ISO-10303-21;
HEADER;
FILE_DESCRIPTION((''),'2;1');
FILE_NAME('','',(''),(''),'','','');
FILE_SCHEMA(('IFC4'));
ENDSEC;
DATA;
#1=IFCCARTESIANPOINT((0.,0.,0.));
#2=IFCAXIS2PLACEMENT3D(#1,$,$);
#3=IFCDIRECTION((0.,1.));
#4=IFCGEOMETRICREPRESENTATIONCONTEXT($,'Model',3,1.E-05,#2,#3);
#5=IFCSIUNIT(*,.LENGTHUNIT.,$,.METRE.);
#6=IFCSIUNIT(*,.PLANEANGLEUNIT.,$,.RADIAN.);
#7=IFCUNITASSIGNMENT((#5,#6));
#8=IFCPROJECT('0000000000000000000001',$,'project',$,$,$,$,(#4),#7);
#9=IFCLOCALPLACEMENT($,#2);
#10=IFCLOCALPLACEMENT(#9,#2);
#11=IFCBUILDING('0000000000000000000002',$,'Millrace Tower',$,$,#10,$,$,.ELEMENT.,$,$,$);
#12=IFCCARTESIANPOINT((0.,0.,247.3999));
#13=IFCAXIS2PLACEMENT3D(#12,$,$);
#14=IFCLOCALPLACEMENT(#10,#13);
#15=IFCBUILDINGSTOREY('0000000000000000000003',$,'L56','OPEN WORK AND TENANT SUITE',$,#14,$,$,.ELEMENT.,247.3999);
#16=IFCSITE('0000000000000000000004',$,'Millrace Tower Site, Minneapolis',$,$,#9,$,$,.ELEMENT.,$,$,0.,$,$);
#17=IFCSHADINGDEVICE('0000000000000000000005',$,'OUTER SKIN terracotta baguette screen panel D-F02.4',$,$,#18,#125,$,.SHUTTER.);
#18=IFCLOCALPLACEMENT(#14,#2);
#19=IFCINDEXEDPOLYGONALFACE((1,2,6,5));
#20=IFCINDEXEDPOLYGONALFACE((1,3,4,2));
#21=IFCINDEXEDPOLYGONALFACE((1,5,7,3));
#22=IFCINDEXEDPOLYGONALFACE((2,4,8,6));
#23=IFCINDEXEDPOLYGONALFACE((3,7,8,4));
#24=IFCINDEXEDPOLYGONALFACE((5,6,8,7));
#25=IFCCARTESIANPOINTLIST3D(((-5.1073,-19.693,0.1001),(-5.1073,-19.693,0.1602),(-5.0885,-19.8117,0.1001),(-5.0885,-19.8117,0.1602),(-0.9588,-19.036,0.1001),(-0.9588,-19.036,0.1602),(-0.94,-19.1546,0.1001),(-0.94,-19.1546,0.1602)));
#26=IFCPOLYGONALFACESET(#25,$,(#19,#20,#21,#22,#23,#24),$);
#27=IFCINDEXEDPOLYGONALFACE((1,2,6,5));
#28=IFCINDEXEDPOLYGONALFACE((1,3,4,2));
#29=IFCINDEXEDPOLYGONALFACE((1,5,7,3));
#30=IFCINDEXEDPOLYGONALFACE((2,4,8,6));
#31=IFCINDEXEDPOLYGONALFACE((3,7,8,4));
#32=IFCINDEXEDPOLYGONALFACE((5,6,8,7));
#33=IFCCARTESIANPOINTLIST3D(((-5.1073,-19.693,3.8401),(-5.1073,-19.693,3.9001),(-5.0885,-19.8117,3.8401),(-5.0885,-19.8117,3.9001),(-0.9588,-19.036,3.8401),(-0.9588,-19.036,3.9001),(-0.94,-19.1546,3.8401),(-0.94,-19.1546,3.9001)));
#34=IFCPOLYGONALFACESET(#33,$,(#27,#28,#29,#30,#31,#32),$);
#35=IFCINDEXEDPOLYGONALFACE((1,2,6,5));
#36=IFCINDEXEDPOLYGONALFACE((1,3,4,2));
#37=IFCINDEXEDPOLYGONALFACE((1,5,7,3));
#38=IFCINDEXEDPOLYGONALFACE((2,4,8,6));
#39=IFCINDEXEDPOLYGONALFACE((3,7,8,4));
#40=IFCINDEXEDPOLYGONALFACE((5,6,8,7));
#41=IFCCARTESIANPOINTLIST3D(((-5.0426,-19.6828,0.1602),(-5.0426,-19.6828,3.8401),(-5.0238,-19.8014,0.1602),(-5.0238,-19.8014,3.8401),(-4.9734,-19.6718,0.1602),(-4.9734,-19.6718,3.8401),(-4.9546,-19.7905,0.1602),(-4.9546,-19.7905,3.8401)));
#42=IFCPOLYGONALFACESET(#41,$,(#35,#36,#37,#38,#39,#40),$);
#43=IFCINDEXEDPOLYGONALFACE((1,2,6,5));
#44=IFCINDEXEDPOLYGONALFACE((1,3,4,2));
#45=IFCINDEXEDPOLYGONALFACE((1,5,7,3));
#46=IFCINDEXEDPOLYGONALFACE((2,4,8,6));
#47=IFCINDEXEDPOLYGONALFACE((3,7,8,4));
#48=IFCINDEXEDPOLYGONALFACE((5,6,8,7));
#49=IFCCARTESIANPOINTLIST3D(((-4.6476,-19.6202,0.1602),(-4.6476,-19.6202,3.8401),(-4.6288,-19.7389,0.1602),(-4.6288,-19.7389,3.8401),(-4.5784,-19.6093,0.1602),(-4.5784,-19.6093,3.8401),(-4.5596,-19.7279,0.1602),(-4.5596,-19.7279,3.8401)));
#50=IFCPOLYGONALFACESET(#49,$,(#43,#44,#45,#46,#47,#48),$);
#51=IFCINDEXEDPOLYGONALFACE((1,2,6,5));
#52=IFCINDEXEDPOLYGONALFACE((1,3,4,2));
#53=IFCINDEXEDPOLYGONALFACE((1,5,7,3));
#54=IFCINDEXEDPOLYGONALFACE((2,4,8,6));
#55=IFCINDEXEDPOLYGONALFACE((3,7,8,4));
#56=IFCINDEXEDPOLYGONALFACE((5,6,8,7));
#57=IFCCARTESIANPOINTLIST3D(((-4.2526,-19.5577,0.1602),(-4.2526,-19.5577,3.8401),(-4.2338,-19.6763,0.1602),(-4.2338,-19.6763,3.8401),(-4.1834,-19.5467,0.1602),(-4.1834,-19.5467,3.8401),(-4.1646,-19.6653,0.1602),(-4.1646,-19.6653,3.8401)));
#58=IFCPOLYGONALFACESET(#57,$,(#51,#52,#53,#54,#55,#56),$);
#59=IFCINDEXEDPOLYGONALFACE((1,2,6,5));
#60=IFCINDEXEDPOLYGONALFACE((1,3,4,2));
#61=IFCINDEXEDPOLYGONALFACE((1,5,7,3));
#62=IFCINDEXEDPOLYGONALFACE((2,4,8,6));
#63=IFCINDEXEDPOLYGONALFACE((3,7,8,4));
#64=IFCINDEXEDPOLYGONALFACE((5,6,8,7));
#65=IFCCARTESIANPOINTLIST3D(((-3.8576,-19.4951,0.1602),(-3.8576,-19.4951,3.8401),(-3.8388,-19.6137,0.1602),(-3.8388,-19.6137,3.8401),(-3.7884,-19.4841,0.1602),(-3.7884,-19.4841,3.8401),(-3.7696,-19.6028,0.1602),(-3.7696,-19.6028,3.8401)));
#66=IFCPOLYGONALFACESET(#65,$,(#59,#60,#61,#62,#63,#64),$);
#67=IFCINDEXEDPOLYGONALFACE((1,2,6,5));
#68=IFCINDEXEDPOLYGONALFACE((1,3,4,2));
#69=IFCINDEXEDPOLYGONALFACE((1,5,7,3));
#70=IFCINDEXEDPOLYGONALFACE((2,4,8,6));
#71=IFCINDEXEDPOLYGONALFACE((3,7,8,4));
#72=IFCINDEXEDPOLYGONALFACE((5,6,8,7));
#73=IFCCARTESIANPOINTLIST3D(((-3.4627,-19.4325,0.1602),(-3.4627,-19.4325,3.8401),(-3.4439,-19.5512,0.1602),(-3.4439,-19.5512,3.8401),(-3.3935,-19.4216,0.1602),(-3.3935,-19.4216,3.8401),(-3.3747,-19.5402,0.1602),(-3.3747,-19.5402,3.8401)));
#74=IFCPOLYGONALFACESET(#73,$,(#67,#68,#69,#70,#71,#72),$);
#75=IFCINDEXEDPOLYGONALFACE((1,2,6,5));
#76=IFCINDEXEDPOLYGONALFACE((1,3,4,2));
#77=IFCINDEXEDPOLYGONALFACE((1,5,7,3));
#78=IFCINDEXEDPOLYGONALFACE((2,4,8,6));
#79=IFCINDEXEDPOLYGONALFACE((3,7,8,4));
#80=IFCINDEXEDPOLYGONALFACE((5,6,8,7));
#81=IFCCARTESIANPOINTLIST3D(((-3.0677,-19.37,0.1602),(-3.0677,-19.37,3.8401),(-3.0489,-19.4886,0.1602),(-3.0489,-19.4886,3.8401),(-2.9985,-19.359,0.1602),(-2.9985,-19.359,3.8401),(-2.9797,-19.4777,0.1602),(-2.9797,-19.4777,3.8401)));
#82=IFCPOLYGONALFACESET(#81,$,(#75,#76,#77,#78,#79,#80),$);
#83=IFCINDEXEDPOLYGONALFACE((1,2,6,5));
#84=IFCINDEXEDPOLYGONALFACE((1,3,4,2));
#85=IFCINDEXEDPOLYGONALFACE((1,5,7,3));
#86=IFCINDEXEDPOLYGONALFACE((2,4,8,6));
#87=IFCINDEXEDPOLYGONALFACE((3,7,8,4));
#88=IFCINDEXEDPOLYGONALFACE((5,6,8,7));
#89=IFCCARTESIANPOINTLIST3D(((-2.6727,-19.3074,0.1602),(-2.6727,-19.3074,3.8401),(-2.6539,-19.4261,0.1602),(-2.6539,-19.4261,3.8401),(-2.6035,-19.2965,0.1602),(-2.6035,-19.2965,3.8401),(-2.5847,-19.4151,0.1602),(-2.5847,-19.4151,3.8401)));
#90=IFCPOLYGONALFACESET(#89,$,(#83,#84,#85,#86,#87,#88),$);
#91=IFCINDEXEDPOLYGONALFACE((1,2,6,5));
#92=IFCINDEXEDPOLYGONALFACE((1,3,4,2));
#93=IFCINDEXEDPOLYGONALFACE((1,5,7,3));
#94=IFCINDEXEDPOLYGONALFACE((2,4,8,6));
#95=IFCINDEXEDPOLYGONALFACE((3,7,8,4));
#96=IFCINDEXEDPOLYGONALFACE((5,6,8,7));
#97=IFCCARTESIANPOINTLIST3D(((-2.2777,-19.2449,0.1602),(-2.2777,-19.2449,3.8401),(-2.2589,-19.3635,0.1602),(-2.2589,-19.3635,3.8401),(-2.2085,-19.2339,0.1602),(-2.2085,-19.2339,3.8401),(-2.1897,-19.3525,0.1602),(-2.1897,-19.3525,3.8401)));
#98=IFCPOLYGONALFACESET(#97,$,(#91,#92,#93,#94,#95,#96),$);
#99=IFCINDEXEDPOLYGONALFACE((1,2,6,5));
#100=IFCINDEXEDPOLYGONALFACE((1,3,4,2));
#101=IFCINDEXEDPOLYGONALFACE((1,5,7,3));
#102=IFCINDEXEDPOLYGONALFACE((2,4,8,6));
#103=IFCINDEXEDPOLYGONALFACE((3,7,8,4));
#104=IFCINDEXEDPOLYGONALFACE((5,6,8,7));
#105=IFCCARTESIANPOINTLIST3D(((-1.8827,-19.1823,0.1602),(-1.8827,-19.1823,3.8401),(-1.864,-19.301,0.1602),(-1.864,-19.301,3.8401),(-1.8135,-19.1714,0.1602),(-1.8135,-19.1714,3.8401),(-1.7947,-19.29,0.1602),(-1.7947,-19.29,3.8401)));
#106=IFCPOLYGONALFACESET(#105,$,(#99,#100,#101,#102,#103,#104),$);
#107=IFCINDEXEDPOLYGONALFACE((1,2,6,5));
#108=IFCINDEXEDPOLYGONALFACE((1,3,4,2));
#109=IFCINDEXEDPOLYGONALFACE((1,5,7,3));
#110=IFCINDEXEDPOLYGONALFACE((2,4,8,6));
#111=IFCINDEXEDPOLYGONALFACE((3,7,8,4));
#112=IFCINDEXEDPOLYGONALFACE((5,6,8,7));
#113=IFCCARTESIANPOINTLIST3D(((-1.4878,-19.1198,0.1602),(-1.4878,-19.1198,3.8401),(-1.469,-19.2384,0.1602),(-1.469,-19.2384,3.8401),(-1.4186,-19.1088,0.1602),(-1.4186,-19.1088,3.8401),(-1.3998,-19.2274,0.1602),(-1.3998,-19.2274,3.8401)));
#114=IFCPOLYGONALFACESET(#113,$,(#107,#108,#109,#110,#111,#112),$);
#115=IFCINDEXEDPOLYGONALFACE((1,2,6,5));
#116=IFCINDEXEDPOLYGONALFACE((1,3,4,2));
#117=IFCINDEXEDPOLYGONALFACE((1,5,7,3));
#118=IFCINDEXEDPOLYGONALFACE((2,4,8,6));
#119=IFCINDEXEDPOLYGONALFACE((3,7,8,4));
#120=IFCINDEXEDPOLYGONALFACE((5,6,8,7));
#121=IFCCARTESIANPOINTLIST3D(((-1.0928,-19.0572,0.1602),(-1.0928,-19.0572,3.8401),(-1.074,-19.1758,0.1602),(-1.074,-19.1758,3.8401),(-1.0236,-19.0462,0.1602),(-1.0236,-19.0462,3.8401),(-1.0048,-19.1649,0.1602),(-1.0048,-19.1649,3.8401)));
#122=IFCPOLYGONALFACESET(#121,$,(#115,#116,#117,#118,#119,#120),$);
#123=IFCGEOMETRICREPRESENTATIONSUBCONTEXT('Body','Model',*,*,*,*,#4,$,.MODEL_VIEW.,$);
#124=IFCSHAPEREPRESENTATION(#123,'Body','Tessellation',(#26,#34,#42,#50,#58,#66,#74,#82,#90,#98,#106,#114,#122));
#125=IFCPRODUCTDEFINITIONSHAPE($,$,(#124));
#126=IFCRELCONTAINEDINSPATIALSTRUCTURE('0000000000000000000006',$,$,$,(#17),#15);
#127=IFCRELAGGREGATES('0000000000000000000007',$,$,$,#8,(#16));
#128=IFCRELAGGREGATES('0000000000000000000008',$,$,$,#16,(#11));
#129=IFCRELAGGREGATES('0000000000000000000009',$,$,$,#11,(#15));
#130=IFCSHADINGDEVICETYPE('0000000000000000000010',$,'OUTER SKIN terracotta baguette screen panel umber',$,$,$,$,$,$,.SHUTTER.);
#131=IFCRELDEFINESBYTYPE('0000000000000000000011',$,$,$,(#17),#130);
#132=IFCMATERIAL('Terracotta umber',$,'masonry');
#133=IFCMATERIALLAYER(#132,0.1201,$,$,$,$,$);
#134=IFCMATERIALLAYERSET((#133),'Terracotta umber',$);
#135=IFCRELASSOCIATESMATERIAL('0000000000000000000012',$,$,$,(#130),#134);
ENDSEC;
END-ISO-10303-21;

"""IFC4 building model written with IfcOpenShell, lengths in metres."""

from ifc_helpers import new_model, entity, si_unit, direction, frame, frame_2d, origin, origin_2d, place, context, subcontext, project, spatial, rectangle, extrude, source, transform, mapped, material, layer, layer_set, type_object, element, save


model = new_model("IFC4")

# Units and contexts
model_context = context("Model", 3, precision=1e-05, world=origin(), true_north=direction((0.0, 1.0)))
body_context = subcontext(model_context, "Body", "Model", "MODEL_VIEW")
ifc_project = project(units=[si_unit("LENGTHUNIT", "METRE"), si_unit("PLANEANGLEUNIT", "RADIAN")], contexts=[model_context])

# Site, building, storey
site_placement = place(None, origin())
site = spatial("IfcSite", under=ifc_project, at=site_placement, Name="Millrace Tower Site, Minneapolis", CompositionType="ELEMENT", RefElevation=0.0)
building_placement = place(site_placement, origin())
building = spatial("IfcBuilding", under=site, at=building_placement, Name="Millrace Tower", CompositionType="ELEMENT")
storey_placement = place(building_placement, frame((0.0, 0.0, 247.3999)))
storey = spatial("IfcBuildingStorey", under=building, at=storey_placement, Name="L56", Description="OPEN WORK AND TENANT SUITE", CompositionType="ELEMENT", Elevation=247.3999)

# Shading device
ifc_material_1 = material(Name="Terracotta umber", Category="masonry")
ifc_layer_1 = layer(ifc_material_1, 0.1201)
ifc_layer_set_1 = layer_set([ifc_layer_1], Name="Terracotta umber")
shading_device_type = type_object("IfcShadingDeviceType", Name="OUTER SKIN terracotta baguette screen panel umber", PredefinedType="SHUTTER", material=ifc_layer_set_1)
cartesian_point = entity("IfcCartesianPoint", [-2.1001, 0.0601])
shared_polyline = entity("IfcPolyline", [cartesian_point, entity("IfcCartesianPoint", [2.1001, 0.0601]), entity("IfcCartesianPoint", [2.1001, -0.0601]), entity("IfcCartesianPoint", [-2.1001, -0.0601]), cartesian_point])
shared_shape = source(origin(), body_context, "Body", "SweptSolid", [
    entity("IfcExtrudedAreaSolid", entity("IfcArbitraryClosedProfileDef", "AREA", None, shared_polyline), entity("IfcAxis2Placement3D", entity("IfcCartesianPoint", [0.0, 0.0, 0.0])), entity("IfcDirection", [0.0, 0.0, 1.0]), 0.0601),
    entity("IfcExtrudedAreaSolid", entity("IfcArbitraryClosedProfileDef", "AREA", None, shared_polyline), entity("IfcAxis2Placement3D", entity("IfcCartesianPoint", [0.0, 0.0, 3.74])), entity("IfcDirection", [0.0, 0.0, 1.0]), 0.0601),
    extrude(rectangle(XDim=0.0701, YDim=0.1201, at=frame_2d((-1.9995, 0.0))), frame((0.0, 0.0, 0.0601)), (0.0, 0.0, 1.0), 3.6799),
    extrude(rectangle(XDim=0.0701, YDim=0.1201, at=frame_2d((-1.5996, 0.0))), frame((0.0, 0.0, 0.0601)), (0.0, 0.0, 1.0), 3.6799),
    extrude(rectangle(XDim=0.0701, YDim=0.1201, at=frame_2d((-1.1997, 0.0))), frame((0.0, 0.0, 0.0601)), (0.0, 0.0, 1.0), 3.6799),
    extrude(rectangle(XDim=0.0701, YDim=0.1201, at=frame_2d((-0.7998, 0.0))), frame((0.0, 0.0, 0.0601)), (0.0, 0.0, 1.0), 3.6799),
    extrude(rectangle(XDim=0.0701, YDim=0.1201, at=frame_2d((-0.3999, 0.0))), frame((0.0, 0.0, 0.0601)), (0.0, 0.0, 1.0), 3.6799),
    extrude(rectangle(XDim=0.0701, YDim=0.1201, at=origin_2d()), frame((0.0, 0.0, 0.0601)), (0.0, 0.0, 1.0), 3.6799),
    extrude(rectangle(XDim=0.0701, YDim=0.1201, at=frame_2d((0.3999, 0.0))), frame((0.0, 0.0, 0.0601)), (0.0, 0.0, 1.0), 3.6799),
    extrude(rectangle(XDim=0.0701, YDim=0.1201, at=frame_2d((0.7998, 0.0))), frame((0.0, 0.0, 0.0601)), (0.0, 0.0, 1.0), 3.6799),
    extrude(rectangle(XDim=0.0701, YDim=0.1201, at=frame_2d((1.1997, 0.0))), frame((0.0, 0.0, 0.0601)), (0.0, 0.0, 1.0), 3.6799),
    extrude(rectangle(XDim=0.0701, YDim=0.1201, at=frame_2d((1.5996, 0.0))), frame((0.0, 0.0, 0.0601)), (0.0, 0.0, 1.0), 3.6799),
    extrude(rectangle(XDim=0.0701, YDim=0.1201, at=frame_2d((1.9995, 0.0))), frame((0.0, 0.0, 0.0601)), (0.0, 0.0, 1.0), 3.6799),
])
for number, where, z_axis, x_axis, name in (
    (1, (-3.0237, -19.4238, 0.1001), (0.0, 0.0, 1.0), (0.987688, 0.156434, 0.0), "OUTER SKIN terracotta baguette screen panel D-F02.4"),
):
    element("IfcShadingDevice", number, at=place(storey_placement, frame(where, z_axis=z_axis, x_axis=x_axis)), inside=storey, type_object=shading_device_type, Name=name, PredefinedType="SHUTTER", context=body_context, shape_type="MappedRepresentation", body=[
        mapped(shared_shape, transform((0.0, 0.0, 0.0), scale=1.0)),
    ])

save(model, "model.ifc")
